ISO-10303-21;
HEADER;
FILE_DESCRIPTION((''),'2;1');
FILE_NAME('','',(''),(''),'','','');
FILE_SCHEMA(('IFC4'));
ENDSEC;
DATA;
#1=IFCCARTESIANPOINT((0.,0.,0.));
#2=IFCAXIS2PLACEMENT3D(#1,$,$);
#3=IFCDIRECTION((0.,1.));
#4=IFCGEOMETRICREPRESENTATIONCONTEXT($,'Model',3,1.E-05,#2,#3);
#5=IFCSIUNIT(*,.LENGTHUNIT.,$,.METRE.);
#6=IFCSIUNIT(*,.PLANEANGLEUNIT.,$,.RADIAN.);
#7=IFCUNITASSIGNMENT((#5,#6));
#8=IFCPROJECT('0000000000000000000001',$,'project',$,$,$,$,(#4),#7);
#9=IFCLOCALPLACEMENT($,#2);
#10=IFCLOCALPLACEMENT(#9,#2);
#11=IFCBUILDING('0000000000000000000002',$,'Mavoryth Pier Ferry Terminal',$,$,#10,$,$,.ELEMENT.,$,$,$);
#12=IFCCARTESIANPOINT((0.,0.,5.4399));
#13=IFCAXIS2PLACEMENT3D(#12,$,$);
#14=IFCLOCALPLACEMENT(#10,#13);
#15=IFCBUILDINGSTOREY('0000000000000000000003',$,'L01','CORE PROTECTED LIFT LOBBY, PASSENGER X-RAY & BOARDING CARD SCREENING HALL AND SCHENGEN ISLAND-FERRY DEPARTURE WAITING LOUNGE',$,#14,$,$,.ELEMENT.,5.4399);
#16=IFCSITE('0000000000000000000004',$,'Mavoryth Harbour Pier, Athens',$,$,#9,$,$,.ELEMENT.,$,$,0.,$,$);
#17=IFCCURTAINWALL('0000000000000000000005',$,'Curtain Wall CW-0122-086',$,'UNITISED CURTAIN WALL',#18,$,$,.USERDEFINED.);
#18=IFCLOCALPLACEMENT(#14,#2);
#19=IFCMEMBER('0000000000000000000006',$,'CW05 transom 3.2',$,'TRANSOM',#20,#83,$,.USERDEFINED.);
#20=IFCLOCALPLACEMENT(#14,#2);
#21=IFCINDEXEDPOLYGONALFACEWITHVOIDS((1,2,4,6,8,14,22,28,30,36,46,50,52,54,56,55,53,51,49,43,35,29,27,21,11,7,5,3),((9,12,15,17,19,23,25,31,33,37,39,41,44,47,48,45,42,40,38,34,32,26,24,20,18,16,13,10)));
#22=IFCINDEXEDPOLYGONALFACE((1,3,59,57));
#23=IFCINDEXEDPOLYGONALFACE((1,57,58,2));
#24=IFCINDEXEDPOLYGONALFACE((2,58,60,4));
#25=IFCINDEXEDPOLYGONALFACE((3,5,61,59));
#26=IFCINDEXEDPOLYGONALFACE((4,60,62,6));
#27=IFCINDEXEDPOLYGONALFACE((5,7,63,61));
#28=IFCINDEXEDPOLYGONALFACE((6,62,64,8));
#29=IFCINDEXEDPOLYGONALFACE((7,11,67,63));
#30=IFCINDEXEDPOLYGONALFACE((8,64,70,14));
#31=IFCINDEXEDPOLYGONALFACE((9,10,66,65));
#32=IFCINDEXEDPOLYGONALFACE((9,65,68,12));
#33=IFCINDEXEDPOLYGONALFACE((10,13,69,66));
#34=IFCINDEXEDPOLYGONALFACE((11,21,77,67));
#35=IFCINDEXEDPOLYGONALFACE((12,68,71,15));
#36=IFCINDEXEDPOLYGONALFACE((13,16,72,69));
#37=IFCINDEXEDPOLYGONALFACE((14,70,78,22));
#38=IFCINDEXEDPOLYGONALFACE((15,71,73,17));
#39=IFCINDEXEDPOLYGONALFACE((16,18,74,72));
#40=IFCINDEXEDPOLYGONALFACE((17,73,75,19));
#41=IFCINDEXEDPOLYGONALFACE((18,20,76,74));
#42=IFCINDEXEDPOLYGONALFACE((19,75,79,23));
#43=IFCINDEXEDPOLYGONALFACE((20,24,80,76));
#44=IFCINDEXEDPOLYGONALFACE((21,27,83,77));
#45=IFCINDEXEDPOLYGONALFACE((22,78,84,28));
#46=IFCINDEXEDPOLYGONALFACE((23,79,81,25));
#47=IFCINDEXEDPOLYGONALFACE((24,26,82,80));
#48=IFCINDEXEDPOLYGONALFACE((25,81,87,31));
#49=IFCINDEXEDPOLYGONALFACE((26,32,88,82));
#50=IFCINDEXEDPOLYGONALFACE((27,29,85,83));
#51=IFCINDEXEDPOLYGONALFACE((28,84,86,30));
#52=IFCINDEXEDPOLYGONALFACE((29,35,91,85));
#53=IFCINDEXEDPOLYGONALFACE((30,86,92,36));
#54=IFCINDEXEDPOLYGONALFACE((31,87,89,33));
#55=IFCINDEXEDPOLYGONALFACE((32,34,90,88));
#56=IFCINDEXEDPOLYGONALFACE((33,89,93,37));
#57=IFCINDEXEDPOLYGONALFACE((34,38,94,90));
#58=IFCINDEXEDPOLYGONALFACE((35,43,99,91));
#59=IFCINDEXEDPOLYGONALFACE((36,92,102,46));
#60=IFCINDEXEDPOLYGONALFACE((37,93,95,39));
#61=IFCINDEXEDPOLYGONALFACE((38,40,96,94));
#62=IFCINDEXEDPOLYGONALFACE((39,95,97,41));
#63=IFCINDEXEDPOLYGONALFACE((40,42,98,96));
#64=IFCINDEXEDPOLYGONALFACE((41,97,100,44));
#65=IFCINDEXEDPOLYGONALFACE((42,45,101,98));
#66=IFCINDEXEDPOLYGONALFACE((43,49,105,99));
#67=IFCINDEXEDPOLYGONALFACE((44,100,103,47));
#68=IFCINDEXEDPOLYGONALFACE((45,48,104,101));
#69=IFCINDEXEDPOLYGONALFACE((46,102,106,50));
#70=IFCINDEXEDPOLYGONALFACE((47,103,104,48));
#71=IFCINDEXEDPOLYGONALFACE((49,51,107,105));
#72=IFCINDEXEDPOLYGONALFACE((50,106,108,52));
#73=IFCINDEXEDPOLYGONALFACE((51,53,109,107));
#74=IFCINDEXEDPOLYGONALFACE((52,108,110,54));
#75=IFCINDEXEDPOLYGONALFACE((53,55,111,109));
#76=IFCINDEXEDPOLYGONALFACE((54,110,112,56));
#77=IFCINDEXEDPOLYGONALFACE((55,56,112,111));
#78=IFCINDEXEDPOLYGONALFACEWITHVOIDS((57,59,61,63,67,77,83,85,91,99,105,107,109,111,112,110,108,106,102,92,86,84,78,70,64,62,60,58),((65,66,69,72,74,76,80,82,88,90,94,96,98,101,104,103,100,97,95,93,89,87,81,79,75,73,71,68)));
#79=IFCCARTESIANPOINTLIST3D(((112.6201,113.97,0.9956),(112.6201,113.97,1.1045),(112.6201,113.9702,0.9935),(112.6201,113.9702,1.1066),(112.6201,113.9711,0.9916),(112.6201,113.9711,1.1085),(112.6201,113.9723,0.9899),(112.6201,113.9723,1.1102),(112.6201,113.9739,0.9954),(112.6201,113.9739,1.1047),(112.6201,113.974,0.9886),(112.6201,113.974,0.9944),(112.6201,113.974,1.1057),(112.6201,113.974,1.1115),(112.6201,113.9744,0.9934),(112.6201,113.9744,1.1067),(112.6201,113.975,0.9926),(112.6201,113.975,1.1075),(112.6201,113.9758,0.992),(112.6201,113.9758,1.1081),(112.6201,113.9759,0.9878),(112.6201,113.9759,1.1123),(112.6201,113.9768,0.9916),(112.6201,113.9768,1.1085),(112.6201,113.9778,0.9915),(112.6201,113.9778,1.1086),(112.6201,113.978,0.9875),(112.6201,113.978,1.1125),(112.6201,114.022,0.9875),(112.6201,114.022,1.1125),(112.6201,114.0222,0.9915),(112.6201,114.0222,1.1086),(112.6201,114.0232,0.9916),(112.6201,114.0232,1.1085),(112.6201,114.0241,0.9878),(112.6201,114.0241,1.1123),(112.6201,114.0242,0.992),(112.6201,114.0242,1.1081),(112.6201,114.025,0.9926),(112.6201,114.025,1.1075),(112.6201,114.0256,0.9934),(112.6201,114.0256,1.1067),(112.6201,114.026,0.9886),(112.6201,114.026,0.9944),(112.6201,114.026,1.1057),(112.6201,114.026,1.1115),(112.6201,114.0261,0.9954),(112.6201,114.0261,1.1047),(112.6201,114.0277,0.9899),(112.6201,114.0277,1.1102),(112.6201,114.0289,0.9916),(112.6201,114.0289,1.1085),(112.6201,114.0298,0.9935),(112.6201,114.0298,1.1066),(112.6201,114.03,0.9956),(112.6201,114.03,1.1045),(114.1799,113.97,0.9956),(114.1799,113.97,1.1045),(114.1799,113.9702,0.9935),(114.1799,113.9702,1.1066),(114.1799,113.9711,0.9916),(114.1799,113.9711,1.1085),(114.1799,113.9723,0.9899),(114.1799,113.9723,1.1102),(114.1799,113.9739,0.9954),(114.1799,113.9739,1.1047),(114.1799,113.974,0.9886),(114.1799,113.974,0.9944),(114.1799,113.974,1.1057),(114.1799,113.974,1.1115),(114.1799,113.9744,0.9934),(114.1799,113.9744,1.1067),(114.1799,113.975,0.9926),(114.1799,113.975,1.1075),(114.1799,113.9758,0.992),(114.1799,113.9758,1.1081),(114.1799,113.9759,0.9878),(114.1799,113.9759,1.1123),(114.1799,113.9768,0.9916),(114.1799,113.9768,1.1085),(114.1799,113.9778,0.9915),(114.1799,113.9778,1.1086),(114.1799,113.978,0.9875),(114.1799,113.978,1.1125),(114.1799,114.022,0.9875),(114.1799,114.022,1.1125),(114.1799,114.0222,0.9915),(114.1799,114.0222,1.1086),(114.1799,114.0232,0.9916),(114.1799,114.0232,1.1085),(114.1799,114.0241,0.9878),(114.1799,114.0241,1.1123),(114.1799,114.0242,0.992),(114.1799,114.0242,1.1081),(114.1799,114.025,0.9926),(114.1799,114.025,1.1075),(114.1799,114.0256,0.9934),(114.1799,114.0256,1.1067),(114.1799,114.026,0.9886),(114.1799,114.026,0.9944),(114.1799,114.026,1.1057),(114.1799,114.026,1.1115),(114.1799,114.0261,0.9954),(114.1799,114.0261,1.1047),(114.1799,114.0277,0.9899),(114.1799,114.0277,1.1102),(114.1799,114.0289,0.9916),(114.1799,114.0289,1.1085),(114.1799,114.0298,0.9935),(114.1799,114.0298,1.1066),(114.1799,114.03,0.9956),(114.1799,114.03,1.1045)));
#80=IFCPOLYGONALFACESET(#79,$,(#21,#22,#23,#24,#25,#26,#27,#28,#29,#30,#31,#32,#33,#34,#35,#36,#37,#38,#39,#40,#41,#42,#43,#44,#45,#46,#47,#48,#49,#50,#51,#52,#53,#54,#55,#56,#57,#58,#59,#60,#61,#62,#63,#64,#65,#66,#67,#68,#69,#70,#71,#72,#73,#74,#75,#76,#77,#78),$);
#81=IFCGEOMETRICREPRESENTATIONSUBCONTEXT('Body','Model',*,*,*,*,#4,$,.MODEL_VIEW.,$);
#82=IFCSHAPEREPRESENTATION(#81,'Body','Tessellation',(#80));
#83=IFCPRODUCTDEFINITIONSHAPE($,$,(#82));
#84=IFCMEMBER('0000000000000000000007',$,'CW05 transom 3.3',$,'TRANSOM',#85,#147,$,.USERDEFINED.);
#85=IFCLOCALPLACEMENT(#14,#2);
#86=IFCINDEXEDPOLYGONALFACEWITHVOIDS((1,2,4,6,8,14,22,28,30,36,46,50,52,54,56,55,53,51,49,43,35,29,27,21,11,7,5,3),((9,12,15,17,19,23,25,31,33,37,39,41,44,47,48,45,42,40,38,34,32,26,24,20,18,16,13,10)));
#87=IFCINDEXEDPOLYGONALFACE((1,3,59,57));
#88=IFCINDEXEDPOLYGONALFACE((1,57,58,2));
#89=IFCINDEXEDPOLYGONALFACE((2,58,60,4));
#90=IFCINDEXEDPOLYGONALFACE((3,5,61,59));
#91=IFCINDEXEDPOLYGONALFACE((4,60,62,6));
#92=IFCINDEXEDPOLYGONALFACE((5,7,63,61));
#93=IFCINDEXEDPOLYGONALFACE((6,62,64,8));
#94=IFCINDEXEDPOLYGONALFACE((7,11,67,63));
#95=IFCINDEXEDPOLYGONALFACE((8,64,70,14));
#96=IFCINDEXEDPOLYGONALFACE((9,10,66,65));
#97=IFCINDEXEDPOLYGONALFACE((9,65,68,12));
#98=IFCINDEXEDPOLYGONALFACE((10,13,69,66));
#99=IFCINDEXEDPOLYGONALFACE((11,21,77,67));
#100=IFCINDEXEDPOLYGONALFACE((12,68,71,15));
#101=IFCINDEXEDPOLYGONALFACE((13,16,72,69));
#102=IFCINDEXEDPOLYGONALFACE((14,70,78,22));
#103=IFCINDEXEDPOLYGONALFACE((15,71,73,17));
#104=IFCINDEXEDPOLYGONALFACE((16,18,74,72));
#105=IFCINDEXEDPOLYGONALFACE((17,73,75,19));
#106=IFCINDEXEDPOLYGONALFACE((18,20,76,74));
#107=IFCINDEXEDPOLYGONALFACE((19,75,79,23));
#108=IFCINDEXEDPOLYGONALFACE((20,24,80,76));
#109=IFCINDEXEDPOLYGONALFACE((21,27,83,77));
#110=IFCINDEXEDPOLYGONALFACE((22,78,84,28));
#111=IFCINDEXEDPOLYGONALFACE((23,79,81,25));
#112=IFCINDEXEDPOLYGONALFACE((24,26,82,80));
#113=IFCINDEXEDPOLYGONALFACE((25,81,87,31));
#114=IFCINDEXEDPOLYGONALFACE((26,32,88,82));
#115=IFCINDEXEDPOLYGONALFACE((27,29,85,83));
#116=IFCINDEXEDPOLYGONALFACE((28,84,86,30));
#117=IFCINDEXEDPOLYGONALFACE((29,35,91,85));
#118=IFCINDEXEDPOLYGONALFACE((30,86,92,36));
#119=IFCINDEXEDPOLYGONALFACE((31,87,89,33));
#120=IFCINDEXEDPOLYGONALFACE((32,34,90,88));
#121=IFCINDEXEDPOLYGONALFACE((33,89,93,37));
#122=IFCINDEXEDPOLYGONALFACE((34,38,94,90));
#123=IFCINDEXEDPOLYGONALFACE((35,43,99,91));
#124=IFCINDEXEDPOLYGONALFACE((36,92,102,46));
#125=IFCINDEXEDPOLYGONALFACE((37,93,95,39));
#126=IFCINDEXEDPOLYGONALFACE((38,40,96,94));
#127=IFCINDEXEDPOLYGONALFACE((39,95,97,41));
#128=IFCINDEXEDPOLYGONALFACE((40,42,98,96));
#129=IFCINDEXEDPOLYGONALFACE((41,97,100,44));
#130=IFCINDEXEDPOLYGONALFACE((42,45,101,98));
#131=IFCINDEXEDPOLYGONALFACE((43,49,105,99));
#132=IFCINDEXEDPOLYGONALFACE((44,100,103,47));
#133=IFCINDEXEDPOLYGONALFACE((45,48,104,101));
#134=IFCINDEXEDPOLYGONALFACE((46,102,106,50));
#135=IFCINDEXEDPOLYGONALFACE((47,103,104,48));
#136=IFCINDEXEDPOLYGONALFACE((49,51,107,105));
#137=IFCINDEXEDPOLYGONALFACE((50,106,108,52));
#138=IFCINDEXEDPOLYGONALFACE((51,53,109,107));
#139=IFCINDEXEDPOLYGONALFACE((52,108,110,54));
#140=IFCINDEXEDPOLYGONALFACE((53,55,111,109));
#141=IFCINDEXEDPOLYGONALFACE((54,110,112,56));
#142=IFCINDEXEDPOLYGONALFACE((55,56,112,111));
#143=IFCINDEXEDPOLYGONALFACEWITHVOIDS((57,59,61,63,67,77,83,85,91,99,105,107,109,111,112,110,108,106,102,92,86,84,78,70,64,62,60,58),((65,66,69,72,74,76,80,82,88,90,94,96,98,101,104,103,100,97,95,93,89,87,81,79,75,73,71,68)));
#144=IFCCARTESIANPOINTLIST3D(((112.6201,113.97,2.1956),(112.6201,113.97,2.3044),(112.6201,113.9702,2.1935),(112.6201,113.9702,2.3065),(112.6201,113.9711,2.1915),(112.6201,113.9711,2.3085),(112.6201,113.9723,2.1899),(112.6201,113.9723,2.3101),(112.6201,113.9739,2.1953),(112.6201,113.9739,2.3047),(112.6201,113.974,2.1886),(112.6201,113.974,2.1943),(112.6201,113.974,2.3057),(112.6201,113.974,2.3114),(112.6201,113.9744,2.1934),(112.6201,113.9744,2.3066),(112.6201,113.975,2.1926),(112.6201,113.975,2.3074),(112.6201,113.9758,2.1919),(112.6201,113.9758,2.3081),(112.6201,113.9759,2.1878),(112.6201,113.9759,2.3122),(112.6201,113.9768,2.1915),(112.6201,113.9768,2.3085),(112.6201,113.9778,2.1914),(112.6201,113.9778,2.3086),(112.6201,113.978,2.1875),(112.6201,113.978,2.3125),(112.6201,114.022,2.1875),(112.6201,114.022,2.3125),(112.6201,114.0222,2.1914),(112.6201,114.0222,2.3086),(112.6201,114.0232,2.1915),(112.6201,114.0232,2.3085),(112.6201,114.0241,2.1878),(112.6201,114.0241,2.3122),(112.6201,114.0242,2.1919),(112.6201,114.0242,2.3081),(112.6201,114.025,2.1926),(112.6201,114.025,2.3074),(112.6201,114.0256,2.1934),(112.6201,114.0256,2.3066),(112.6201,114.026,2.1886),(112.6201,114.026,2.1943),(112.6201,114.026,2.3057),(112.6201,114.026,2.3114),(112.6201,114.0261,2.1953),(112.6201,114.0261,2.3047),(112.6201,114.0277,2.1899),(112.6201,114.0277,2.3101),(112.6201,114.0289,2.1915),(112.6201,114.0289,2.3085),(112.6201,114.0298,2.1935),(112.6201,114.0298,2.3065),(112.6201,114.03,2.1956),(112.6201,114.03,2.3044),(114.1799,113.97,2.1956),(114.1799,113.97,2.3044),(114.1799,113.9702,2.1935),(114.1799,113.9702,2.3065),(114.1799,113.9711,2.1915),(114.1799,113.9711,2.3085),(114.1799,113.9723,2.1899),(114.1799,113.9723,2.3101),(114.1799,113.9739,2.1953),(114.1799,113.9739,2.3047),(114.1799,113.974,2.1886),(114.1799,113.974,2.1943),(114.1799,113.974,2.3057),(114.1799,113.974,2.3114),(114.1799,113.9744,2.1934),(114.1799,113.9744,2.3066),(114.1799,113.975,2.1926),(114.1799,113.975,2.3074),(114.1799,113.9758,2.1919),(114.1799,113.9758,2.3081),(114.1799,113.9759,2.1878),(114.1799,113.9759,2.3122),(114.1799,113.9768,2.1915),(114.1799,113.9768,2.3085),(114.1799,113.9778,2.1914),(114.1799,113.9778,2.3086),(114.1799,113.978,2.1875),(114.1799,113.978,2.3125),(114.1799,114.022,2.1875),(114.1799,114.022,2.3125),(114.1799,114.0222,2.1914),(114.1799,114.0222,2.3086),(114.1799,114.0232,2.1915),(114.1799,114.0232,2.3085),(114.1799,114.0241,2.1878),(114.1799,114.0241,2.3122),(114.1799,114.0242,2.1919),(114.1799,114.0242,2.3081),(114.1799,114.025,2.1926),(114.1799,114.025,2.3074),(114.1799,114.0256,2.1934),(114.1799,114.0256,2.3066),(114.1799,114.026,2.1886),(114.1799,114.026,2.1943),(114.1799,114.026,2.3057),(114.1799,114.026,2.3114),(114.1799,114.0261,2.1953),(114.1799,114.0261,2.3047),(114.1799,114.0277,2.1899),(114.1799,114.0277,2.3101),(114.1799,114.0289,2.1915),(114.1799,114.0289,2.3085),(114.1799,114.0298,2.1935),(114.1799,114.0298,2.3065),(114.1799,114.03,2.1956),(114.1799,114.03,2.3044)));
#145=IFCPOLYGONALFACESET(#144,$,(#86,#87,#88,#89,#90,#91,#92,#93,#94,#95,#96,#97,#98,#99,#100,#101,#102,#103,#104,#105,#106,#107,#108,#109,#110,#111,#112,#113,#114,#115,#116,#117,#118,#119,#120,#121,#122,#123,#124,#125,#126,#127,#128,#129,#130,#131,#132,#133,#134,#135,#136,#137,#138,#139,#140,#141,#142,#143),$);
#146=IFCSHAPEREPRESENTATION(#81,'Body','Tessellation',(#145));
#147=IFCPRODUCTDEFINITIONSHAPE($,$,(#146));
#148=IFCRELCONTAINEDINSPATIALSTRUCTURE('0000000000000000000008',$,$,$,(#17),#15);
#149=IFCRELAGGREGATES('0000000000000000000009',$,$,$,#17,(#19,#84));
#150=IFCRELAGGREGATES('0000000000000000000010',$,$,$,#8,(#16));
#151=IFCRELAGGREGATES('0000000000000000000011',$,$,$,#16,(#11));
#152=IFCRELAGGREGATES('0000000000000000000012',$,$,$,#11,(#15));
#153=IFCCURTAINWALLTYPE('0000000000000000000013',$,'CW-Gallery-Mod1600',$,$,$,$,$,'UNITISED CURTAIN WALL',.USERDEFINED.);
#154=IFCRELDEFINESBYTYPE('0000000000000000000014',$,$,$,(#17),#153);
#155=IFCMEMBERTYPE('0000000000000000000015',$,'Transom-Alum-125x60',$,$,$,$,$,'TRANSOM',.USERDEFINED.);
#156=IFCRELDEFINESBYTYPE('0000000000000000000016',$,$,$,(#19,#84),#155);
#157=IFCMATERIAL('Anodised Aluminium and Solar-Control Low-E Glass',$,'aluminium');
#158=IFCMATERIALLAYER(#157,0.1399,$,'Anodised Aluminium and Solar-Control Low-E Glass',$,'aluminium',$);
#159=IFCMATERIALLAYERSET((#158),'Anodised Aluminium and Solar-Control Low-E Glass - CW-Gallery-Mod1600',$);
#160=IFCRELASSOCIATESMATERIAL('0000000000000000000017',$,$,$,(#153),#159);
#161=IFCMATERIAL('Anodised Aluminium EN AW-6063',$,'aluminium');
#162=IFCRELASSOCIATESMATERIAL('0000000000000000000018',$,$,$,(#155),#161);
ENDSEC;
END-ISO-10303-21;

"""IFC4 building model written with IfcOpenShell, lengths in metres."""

from ifc_helpers import new_model, si_unit, direction, frame, origin, origin_2d, place, context, subcontext, project, spatial, hollow_rectangle, extrude, material, layer, layer_set, material_profile, profile_set, type_object, element, aggregate, save


model = new_model("IFC4")

# Units and contexts
model_context = context("Model", 3, precision=1e-05, world=origin(), true_north=direction((0.0, 1.0)))
body_context = subcontext(model_context, "Body", "Model", "MODEL_VIEW")
ifc_project = project(units=[si_unit("LENGTHUNIT", "METRE"), si_unit("PLANEANGLEUNIT", "RADIAN")], contexts=[model_context])

# Site, building, storey
site_placement = place(None, origin())
site = spatial("IfcSite", under=ifc_project, at=site_placement, Name="Mavoryth Harbour Pier, Athens", CompositionType="ELEMENT", RefElevation=0.0)
building_placement = place(site_placement, origin())
building = spatial("IfcBuilding", under=site, at=building_placement, Name="Mavoryth Pier Ferry Terminal", CompositionType="ELEMENT")
storey_placement = place(building_placement, frame((0.0, 0.0, 5.4399)))
storey = spatial("IfcBuildingStorey", under=building, at=storey_placement, Name="L01", Description="CORE PROTECTED LIFT LOBBY, PASSENGER X-RAY & BOARDING CARD SCREENING HALL AND SCHENGEN ISLAND-FERRY DEPARTURE WAITING LOUNGE", CompositionType="ELEMENT", Elevation=5.4399)

# Curtain wall
ifc_material_1 = material(Name="Anodised Aluminium and Solar-Control Low-E Glass", Category="aluminium")
ifc_layer_1 = layer(ifc_material_1, 0.1399, Name="Anodised Aluminium and Solar-Control Low-E Glass", Category="aluminium")
ifc_layer_set_1 = layer_set([ifc_layer_1], Name="Anodised Aluminium and Solar-Control Low-E Glass - CW-Gallery-Mod1600")
curtain_wall_type = type_object("IfcCurtainWallType", Name="CW-Gallery-Mod1600", ElementType="UNITISED CURTAIN WALL", PredefinedType="USERDEFINED", material=ifc_layer_set_1)
curtain_wall_1_placement = place(storey_placement, origin())
curtain_wall_1 = element("IfcCurtainWall", 1, at=curtain_wall_1_placement, inside=storey, type_object=curtain_wall_type, Name="Curtain Wall CW-0122-086", ObjectType="UNITISED CURTAIN WALL", PredefinedType="USERDEFINED")
ifc_material_2 = material(Name="Anodised Aluminium EN AW-6063", Category="aluminium")

# Members
ifc_material_profile_1 = material_profile(ifc_material_2, hollow_rectangle(XDim=0.0601, YDim=0.125, WallThickness=0.0039, InnerFilletRadius=0.0039, OuterFilletRadius=0.0081, at=origin_2d()), Name="AL-TRAN 125x60x4", Category="aluminium")
ifc_profile_set_1 = profile_set([ifc_material_profile_1], Name="Anodised Aluminium EN AW-6063 - AL-TRAN 125x60x4")
member_type_1 = type_object("IfcMemberType", Name="Transom-Alum-125x60", ElementType="TRANSOM", PredefinedType="USERDEFINED", material=ifc_profile_set_1)
member_1_placement = place(storey_placement, frame((114.1799, 114.0, 1.05), z_axis=(-1.0, 0.0, 0.0), x_axis=(0.0, -1.0, 0.0)))
member_1 = element("IfcMember", 2, at=member_1_placement, type_object=member_type_1, Name="CW05 transom 3.2", ObjectType="TRANSOM", PredefinedType="USERDEFINED", context=body_context, shape_type="SweptSolid", body=[
    extrude(hollow_rectangle(XDim=0.0601, YDim=0.125, WallThickness=0.0039, InnerFilletRadius=0.0039, OuterFilletRadius=0.0081, at=origin_2d()), origin(), (0.0, 0.0, 1.0), 1.5598),
])
member_2_placement = place(storey_placement, frame((114.1799, 114.0, 2.25), z_axis=(-1.0, 0.0, 0.0), x_axis=(0.0, -1.0, 0.0)))
member_2 = element("IfcMember", 3, at=member_2_placement, type_object=member_type_1, Name="CW05 transom 3.3", ObjectType="TRANSOM", PredefinedType="USERDEFINED", context=body_context, shape_type="SweptSolid", body=[
    extrude(hollow_rectangle(XDim=0.0601, YDim=0.125, WallThickness=0.0039, InnerFilletRadius=0.0039, OuterFilletRadius=0.0081, at=origin_2d()), origin(), (0.0, 0.0, 1.0), 1.5598),
])

aggregate(curtain_wall_1, [member_1, member_2])

save(model, "model.ifc")
